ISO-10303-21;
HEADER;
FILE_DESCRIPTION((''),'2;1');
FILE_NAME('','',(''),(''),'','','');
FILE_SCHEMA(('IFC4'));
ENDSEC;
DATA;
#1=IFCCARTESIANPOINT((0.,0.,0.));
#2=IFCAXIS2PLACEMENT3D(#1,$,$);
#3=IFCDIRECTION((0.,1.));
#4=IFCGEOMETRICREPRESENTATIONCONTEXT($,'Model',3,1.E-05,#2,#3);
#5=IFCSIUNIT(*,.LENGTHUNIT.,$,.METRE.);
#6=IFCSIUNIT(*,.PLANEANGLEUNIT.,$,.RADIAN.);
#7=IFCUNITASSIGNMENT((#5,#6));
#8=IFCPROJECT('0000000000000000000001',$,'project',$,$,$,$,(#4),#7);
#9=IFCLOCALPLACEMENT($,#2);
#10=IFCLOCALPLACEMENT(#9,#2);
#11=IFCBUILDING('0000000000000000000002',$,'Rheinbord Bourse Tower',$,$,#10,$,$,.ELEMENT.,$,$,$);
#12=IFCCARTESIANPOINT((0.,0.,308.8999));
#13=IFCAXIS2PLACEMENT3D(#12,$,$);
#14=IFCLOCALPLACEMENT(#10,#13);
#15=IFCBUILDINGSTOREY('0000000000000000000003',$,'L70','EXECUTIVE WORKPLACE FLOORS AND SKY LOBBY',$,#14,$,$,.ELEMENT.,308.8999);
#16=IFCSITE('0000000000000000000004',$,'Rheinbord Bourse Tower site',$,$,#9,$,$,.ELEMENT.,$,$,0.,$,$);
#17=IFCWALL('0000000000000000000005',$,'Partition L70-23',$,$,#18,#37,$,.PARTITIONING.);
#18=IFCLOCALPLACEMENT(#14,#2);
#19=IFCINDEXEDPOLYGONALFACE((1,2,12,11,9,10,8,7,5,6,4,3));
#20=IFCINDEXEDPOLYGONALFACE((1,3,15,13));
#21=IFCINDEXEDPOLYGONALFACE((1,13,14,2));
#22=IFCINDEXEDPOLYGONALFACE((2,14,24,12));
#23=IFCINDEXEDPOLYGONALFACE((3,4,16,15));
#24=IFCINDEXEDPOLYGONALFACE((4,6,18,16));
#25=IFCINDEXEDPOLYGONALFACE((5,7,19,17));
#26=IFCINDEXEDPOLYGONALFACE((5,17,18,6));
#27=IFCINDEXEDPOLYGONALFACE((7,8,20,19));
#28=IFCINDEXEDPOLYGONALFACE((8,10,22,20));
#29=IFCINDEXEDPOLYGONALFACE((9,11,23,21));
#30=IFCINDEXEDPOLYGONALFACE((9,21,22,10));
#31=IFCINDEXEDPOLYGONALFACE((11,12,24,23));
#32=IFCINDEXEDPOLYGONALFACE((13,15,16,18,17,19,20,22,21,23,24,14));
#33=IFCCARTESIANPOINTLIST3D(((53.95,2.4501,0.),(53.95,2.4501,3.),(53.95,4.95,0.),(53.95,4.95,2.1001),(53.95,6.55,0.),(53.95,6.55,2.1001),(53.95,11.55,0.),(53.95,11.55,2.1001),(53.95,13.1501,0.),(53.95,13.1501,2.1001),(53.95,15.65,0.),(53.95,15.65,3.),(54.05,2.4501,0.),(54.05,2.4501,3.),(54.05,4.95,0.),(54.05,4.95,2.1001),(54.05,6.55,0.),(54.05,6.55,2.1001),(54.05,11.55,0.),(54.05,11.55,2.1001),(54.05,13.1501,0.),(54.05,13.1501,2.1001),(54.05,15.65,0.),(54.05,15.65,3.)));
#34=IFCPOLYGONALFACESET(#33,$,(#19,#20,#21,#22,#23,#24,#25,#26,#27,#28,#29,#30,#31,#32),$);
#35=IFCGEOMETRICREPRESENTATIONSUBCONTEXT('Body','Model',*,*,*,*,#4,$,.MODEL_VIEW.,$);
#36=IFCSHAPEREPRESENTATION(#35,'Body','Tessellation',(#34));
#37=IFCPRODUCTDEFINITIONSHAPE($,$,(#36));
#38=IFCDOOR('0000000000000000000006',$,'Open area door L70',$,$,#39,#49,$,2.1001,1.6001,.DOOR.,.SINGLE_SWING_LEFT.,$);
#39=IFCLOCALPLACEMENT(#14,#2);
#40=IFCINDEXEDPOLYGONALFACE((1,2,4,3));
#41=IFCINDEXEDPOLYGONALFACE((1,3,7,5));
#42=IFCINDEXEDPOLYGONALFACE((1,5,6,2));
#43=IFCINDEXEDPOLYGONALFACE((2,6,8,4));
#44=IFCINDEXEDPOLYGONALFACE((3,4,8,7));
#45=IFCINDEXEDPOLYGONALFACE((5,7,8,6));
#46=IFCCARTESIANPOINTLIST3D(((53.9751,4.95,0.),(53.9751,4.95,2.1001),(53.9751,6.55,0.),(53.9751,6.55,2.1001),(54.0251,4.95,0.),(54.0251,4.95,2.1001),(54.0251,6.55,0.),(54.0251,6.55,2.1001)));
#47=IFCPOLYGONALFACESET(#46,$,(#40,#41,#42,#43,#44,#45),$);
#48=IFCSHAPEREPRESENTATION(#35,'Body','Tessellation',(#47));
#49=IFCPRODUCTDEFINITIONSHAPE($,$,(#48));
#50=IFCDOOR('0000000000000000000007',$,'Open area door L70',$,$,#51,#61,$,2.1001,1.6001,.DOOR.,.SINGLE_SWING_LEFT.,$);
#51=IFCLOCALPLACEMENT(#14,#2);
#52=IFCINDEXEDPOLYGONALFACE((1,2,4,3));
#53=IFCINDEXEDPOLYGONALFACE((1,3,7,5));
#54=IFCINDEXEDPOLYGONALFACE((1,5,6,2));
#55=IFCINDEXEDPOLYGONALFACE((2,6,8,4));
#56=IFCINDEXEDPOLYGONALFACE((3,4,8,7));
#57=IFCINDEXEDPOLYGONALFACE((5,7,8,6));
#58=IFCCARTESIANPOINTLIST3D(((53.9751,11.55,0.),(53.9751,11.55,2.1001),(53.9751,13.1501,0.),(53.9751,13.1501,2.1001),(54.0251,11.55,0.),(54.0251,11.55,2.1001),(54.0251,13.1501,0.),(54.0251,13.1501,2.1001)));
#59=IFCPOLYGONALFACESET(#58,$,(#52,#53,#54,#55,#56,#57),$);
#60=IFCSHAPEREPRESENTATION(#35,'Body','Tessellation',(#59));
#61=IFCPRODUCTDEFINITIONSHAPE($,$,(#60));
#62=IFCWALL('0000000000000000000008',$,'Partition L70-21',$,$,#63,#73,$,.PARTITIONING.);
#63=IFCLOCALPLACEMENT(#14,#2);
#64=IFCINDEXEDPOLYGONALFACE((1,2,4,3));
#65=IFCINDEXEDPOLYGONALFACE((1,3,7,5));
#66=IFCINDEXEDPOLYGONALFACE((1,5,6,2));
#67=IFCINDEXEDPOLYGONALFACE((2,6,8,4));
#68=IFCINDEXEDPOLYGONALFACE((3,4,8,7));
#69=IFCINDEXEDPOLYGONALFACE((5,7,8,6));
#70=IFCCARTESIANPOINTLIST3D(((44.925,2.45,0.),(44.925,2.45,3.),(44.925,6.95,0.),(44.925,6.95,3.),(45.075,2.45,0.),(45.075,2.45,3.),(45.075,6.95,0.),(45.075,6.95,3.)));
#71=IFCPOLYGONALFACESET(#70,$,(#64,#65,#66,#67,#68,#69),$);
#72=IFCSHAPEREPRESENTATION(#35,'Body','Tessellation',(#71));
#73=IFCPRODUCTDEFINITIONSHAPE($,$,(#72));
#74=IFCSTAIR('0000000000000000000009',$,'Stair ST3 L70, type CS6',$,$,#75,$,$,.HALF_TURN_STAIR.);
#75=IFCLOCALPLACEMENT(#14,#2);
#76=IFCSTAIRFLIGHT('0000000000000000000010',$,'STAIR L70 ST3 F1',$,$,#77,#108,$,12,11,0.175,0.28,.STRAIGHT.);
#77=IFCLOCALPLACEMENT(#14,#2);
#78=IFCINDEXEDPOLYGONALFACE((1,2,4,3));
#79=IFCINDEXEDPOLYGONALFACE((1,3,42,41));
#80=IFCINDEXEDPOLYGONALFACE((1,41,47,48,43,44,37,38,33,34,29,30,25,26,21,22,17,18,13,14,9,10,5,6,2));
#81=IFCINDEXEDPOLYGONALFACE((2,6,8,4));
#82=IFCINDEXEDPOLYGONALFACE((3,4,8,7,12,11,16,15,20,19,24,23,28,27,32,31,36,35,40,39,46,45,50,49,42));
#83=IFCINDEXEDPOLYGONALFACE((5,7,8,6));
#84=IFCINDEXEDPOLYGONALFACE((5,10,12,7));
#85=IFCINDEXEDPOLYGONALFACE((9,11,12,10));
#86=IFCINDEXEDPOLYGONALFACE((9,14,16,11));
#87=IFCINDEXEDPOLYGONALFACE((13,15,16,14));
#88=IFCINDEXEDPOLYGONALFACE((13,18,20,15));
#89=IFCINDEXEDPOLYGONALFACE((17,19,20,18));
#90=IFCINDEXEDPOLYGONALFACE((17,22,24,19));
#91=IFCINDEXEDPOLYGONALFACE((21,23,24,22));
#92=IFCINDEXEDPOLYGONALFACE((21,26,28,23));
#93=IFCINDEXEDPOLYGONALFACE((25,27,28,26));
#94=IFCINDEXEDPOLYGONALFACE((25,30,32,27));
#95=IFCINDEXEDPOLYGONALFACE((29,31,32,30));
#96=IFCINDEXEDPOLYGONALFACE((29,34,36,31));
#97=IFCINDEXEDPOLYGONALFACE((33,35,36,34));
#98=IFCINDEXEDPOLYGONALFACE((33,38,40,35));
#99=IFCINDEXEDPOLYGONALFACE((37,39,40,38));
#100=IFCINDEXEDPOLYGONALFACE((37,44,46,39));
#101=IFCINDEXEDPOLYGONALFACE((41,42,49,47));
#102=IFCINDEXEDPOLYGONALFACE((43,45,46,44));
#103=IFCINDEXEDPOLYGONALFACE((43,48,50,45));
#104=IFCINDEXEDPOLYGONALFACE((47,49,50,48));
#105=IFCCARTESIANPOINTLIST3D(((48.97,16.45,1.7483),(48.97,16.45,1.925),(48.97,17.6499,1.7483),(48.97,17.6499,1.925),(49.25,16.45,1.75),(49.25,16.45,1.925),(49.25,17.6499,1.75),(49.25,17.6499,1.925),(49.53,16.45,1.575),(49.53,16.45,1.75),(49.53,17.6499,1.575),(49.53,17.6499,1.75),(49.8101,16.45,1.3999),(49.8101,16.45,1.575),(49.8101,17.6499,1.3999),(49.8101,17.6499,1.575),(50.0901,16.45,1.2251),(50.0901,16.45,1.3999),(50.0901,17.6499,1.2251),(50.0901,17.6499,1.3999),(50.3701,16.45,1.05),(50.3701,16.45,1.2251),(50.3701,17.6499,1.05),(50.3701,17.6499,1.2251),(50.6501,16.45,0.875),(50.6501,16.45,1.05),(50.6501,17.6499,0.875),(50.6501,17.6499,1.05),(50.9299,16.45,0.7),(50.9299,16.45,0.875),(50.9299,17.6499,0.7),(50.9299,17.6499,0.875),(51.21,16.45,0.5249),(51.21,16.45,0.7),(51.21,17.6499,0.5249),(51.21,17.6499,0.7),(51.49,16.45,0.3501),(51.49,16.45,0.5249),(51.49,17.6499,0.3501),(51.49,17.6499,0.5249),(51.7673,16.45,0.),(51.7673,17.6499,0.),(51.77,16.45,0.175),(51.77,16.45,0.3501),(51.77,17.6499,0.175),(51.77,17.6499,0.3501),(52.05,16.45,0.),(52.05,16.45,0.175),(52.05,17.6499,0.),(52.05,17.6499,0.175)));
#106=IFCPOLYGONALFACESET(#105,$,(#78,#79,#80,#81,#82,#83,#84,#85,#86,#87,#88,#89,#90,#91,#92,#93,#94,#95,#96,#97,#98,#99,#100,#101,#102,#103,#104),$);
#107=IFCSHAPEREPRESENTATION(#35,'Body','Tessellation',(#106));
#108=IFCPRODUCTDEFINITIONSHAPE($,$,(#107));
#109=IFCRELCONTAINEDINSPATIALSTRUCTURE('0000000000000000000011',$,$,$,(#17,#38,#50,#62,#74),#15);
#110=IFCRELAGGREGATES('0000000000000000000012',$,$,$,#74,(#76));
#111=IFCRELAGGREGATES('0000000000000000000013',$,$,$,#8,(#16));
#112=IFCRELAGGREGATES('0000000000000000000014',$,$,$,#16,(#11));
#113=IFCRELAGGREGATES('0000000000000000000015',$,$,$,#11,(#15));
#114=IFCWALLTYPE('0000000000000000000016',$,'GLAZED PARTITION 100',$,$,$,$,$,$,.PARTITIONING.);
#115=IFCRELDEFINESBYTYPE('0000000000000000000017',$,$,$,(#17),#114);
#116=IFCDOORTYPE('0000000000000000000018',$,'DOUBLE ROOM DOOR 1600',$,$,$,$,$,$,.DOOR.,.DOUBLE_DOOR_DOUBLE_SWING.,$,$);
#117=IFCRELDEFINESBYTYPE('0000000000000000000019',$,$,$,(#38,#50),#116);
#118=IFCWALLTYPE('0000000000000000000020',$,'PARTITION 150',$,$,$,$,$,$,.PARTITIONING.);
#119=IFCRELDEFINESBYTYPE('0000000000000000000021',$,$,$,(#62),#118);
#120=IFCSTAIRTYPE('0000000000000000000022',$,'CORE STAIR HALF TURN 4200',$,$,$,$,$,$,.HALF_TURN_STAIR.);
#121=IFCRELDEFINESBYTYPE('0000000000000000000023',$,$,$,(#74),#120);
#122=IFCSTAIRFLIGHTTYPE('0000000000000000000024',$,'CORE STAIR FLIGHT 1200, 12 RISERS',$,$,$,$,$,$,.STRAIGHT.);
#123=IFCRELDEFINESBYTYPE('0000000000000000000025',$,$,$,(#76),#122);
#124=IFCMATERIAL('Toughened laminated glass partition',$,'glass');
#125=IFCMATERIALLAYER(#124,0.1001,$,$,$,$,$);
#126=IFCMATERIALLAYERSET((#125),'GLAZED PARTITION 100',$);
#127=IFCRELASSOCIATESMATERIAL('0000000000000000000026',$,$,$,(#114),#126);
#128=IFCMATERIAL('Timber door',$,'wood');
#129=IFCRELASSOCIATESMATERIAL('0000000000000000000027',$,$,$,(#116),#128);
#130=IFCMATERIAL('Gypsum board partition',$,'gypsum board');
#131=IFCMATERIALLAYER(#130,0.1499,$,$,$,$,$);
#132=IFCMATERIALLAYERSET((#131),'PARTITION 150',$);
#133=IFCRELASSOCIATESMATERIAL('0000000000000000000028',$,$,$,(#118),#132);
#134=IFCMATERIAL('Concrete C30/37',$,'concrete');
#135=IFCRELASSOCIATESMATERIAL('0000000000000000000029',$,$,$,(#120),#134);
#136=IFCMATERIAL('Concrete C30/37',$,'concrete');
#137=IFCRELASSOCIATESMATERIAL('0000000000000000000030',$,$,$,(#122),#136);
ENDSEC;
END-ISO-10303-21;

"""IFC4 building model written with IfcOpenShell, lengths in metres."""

from ifc_helpers import new_model, si_unit, direction, frame, frame_2d, origin, place, context, subcontext, project, spatial, polyline, rectangle, outline, extrude, material, layer, layer_set, type_object, element, fill, aggregate, save


model = new_model("IFC4")

# Units and contexts
model_context = context("Model", 3, precision=1e-05, world=origin(), true_north=direction((0.0, 1.0)))
body_context = subcontext(model_context, "Body", "Model", "MODEL_VIEW")
ifc_project = project(units=[si_unit("LENGTHUNIT", "METRE"), si_unit("PLANEANGLEUNIT", "RADIAN")], contexts=[model_context])

# Site, building, storey
site_placement = place(None, origin())
site = spatial("IfcSite", under=ifc_project, at=site_placement, Name="Rheinbord Bourse Tower site", CompositionType="ELEMENT", RefElevation=0.0)
building_placement = place(site_placement, origin())
building = spatial("IfcBuilding", under=site, at=building_placement, Name="Rheinbord Bourse Tower", CompositionType="ELEMENT")
storey_placement = place(building_placement, frame((0.0, 0.0, 308.8999)))
storey = spatial("IfcBuildingStorey", under=building, at=storey_placement, Name="L70", Description="EXECUTIVE WORKPLACE FLOORS AND SKY LOBBY", CompositionType="ELEMENT", Elevation=308.8999)

# Wall, openings, doors
ifc_material_1 = material(Name="Toughened laminated glass partition", Category="glass")
ifc_layer_1 = layer(ifc_material_1, 0.1001)
ifc_layer_set_1 = layer_set([ifc_layer_1], Name="GLAZED PARTITION 100")
wall_type_1 = type_object("IfcWallType", Name="GLAZED PARTITION 100", PredefinedType="PARTITIONING", material=ifc_layer_set_1)
wall_1_placement = place(storey_placement, frame((54.0, 2.45, 0.0), z_axis=(0.0, 0.0, 1.0), x_axis=(0.0, 1.0, 0.0)))
wall_1 = element("IfcWall", 1, at=wall_1_placement, inside=storey, type_object=wall_type_1, Name="Partition L70-23", PredefinedType="PARTITIONING", context=body_context, shape_type="SweptSolid", body=[
    extrude(rectangle(XDim=13.2, YDim=0.1001, at=frame_2d((6.6001, 0.0))), origin(), (0.0, 0.0, 1.0), 3.0),
])
opening_1_placement = place(wall_1_placement, frame((2.5, 0.0, 0.0)))
opening_1 = element("IfcOpeningElement", 2, at=opening_1_placement, cuts=wall_1, PredefinedType="OPENING", context=body_context, shape_type="SweptSolid", body=[
    extrude(rectangle(XDim=1.6001, YDim=2.1001, at=frame_2d((0.8, 1.05))), frame((0.0, 0.0601, 0.0), z_axis=(0.0, -1.0, 0.0), x_axis=(1.0, 0.0, 0.0)), (0.0, 0.0, 1.0), 0.1201),
])
opening_2_placement = place(wall_1_placement, frame((9.1001, 0.0, 0.0)))
opening_2 = element("IfcOpeningElement", 3, at=opening_2_placement, cuts=wall_1, PredefinedType="OPENING", context=body_context, shape_type="SweptSolid", body=[
    extrude(rectangle(XDim=1.6001, YDim=2.1001, at=frame_2d((0.8, 1.05))), frame((0.0, 0.0601, 0.0), z_axis=(0.0, -1.0, 0.0), x_axis=(1.0, 0.0, 0.0)), (0.0, 0.0, 1.0), 0.1201),
])
ifc_material_2 = material(Name="Timber door", Category="wood")
door_type_1 = type_object("IfcDoorType", Name="DOUBLE ROOM DOOR 1600", OperationType="DOUBLE_DOOR_DOUBLE_SWING", PredefinedType="DOOR", material=ifc_material_2)
door_1_placement = place(opening_1_placement, origin())
door_1 = element("IfcDoor", 4, at=door_1_placement, inside=storey, type_object=door_type_1, Name="Open area door L70", OperationType="SINGLE_SWING_LEFT", OverallHeight=2.1001, OverallWidth=1.6001, PredefinedType="DOOR", context=body_context, shape_type="SweptSolid", body=[
    extrude(rectangle(XDim=1.6001, YDim=2.1001, at=frame_2d((0.8, 1.05))), frame((0.0, 0.0249, 0.0), z_axis=(0.0, -1.0, 0.0), x_axis=(1.0, 0.0, 0.0)), (0.0, 0.0, 1.0), 0.05),
])
fill(opening_1, door_1)
door_2_placement = place(opening_2_placement, origin())
door_2 = element("IfcDoor", 5, at=door_2_placement, inside=storey, type_object=door_type_1, Name="Open area door L70", OperationType="SINGLE_SWING_LEFT", OverallHeight=2.1001, OverallWidth=1.6001, PredefinedType="DOOR", context=body_context, shape_type="SweptSolid", body=[
    extrude(rectangle(XDim=1.6001, YDim=2.1001, at=frame_2d((0.8, 1.05))), frame((0.0, 0.0249, 0.0), z_axis=(0.0, -1.0, 0.0), x_axis=(1.0, 0.0, 0.0)), (0.0, 0.0, 1.0), 0.05),
])
fill(opening_2, door_2)

# Wall
ifc_material_3 = material(Name="Gypsum board partition", Category="gypsum board")
ifc_layer_2 = layer(ifc_material_3, 0.1499)
ifc_layer_set_2 = layer_set([ifc_layer_2], Name="PARTITION 150")
wall_type_2 = type_object("IfcWallType", Name="PARTITION 150", PredefinedType="PARTITIONING", material=ifc_layer_set_2)
wall_2_placement = place(storey_placement, frame((45.0, 2.45, 0.0), z_axis=(0.0, 0.0, 1.0), x_axis=(0.0, 1.0, 0.0)))
element("IfcWall", 6, at=wall_2_placement, inside=storey, type_object=wall_type_2, Name="Partition L70-21", PredefinedType="PARTITIONING", context=body_context, shape_type="SweptSolid", body=[
    extrude(rectangle(XDim=4.5, YDim=0.1499, at=frame_2d((2.25, 0.0))), origin(), (0.0, 0.0, 1.0), 3.0),
])

# Stair, stair flight
ifc_material_4 = material(Name="Concrete C30/37", Category="concrete")
stair_type = type_object("IfcStairType", Name="CORE STAIR HALF TURN 4200", PredefinedType="HALF_TURN_STAIR", material=ifc_material_4)
stair_placement = place(storey_placement, origin())
stair = element("IfcStair", 7, at=stair_placement, inside=storey, type_object=stair_type, Name="Stair ST3 L70, type CS6", PredefinedType="HALF_TURN_STAIR")
ifc_material_5 = material(Name="Concrete C30/37", Category="concrete")
stair_flight_type = type_object("IfcStairFlightType", Name="CORE STAIR FLIGHT 1200, 12 RISERS", PredefinedType="STRAIGHT", material=ifc_material_5)
stair_flight_placement = place(storey_placement, frame((52.05, 17.05, 0.0), z_axis=(0.0, 0.0, 1.0), x_axis=(-1.0, 0.0, 0.0)))
stair_flight = element("IfcStairFlight", 8, at=stair_flight_placement, type_object=stair_flight_type, Name="STAIR L70 ST3 F1", NumberOfRisers=12, NumberOfTreads=11, PredefinedType="STRAIGHT", RiserHeight=0.175, TreadLength=0.28, context=body_context, shape_type="SweptSolid", body=[
    extrude(outline(polyline([(0.0, 0.0), (0.0, 0.175), (0.28, 0.175), (0.28, 0.3501), (0.5601, 0.3501), (0.5601, 0.5249), (0.8401, 0.5249), (0.8401, 0.7), (1.1201, 0.7), (1.1201, 0.875), (1.3999, 0.875), (1.3999, 1.05), (1.6799, 1.05), (1.6799, 1.2251), (1.96, 1.2251), (1.96, 1.3999), (2.24, 1.3999), (2.24, 1.575), (2.52, 1.575), (2.52, 1.75), (2.8, 1.75), (2.8, 1.925), (3.0801, 1.925), (3.0801, 2.1001), (3.0801, 1.7483), (0.2827, 0.0), (0.0, 0.0)])), frame((0.0, 0.6001, 0.0), z_axis=(0.0, -1.0, 0.0), x_axis=(1.0, 0.0, 0.0)), (0.0, 0.0, 1.0), 1.2),
])
aggregate(stair, [stair_flight])

save(model, "model.ifc")
